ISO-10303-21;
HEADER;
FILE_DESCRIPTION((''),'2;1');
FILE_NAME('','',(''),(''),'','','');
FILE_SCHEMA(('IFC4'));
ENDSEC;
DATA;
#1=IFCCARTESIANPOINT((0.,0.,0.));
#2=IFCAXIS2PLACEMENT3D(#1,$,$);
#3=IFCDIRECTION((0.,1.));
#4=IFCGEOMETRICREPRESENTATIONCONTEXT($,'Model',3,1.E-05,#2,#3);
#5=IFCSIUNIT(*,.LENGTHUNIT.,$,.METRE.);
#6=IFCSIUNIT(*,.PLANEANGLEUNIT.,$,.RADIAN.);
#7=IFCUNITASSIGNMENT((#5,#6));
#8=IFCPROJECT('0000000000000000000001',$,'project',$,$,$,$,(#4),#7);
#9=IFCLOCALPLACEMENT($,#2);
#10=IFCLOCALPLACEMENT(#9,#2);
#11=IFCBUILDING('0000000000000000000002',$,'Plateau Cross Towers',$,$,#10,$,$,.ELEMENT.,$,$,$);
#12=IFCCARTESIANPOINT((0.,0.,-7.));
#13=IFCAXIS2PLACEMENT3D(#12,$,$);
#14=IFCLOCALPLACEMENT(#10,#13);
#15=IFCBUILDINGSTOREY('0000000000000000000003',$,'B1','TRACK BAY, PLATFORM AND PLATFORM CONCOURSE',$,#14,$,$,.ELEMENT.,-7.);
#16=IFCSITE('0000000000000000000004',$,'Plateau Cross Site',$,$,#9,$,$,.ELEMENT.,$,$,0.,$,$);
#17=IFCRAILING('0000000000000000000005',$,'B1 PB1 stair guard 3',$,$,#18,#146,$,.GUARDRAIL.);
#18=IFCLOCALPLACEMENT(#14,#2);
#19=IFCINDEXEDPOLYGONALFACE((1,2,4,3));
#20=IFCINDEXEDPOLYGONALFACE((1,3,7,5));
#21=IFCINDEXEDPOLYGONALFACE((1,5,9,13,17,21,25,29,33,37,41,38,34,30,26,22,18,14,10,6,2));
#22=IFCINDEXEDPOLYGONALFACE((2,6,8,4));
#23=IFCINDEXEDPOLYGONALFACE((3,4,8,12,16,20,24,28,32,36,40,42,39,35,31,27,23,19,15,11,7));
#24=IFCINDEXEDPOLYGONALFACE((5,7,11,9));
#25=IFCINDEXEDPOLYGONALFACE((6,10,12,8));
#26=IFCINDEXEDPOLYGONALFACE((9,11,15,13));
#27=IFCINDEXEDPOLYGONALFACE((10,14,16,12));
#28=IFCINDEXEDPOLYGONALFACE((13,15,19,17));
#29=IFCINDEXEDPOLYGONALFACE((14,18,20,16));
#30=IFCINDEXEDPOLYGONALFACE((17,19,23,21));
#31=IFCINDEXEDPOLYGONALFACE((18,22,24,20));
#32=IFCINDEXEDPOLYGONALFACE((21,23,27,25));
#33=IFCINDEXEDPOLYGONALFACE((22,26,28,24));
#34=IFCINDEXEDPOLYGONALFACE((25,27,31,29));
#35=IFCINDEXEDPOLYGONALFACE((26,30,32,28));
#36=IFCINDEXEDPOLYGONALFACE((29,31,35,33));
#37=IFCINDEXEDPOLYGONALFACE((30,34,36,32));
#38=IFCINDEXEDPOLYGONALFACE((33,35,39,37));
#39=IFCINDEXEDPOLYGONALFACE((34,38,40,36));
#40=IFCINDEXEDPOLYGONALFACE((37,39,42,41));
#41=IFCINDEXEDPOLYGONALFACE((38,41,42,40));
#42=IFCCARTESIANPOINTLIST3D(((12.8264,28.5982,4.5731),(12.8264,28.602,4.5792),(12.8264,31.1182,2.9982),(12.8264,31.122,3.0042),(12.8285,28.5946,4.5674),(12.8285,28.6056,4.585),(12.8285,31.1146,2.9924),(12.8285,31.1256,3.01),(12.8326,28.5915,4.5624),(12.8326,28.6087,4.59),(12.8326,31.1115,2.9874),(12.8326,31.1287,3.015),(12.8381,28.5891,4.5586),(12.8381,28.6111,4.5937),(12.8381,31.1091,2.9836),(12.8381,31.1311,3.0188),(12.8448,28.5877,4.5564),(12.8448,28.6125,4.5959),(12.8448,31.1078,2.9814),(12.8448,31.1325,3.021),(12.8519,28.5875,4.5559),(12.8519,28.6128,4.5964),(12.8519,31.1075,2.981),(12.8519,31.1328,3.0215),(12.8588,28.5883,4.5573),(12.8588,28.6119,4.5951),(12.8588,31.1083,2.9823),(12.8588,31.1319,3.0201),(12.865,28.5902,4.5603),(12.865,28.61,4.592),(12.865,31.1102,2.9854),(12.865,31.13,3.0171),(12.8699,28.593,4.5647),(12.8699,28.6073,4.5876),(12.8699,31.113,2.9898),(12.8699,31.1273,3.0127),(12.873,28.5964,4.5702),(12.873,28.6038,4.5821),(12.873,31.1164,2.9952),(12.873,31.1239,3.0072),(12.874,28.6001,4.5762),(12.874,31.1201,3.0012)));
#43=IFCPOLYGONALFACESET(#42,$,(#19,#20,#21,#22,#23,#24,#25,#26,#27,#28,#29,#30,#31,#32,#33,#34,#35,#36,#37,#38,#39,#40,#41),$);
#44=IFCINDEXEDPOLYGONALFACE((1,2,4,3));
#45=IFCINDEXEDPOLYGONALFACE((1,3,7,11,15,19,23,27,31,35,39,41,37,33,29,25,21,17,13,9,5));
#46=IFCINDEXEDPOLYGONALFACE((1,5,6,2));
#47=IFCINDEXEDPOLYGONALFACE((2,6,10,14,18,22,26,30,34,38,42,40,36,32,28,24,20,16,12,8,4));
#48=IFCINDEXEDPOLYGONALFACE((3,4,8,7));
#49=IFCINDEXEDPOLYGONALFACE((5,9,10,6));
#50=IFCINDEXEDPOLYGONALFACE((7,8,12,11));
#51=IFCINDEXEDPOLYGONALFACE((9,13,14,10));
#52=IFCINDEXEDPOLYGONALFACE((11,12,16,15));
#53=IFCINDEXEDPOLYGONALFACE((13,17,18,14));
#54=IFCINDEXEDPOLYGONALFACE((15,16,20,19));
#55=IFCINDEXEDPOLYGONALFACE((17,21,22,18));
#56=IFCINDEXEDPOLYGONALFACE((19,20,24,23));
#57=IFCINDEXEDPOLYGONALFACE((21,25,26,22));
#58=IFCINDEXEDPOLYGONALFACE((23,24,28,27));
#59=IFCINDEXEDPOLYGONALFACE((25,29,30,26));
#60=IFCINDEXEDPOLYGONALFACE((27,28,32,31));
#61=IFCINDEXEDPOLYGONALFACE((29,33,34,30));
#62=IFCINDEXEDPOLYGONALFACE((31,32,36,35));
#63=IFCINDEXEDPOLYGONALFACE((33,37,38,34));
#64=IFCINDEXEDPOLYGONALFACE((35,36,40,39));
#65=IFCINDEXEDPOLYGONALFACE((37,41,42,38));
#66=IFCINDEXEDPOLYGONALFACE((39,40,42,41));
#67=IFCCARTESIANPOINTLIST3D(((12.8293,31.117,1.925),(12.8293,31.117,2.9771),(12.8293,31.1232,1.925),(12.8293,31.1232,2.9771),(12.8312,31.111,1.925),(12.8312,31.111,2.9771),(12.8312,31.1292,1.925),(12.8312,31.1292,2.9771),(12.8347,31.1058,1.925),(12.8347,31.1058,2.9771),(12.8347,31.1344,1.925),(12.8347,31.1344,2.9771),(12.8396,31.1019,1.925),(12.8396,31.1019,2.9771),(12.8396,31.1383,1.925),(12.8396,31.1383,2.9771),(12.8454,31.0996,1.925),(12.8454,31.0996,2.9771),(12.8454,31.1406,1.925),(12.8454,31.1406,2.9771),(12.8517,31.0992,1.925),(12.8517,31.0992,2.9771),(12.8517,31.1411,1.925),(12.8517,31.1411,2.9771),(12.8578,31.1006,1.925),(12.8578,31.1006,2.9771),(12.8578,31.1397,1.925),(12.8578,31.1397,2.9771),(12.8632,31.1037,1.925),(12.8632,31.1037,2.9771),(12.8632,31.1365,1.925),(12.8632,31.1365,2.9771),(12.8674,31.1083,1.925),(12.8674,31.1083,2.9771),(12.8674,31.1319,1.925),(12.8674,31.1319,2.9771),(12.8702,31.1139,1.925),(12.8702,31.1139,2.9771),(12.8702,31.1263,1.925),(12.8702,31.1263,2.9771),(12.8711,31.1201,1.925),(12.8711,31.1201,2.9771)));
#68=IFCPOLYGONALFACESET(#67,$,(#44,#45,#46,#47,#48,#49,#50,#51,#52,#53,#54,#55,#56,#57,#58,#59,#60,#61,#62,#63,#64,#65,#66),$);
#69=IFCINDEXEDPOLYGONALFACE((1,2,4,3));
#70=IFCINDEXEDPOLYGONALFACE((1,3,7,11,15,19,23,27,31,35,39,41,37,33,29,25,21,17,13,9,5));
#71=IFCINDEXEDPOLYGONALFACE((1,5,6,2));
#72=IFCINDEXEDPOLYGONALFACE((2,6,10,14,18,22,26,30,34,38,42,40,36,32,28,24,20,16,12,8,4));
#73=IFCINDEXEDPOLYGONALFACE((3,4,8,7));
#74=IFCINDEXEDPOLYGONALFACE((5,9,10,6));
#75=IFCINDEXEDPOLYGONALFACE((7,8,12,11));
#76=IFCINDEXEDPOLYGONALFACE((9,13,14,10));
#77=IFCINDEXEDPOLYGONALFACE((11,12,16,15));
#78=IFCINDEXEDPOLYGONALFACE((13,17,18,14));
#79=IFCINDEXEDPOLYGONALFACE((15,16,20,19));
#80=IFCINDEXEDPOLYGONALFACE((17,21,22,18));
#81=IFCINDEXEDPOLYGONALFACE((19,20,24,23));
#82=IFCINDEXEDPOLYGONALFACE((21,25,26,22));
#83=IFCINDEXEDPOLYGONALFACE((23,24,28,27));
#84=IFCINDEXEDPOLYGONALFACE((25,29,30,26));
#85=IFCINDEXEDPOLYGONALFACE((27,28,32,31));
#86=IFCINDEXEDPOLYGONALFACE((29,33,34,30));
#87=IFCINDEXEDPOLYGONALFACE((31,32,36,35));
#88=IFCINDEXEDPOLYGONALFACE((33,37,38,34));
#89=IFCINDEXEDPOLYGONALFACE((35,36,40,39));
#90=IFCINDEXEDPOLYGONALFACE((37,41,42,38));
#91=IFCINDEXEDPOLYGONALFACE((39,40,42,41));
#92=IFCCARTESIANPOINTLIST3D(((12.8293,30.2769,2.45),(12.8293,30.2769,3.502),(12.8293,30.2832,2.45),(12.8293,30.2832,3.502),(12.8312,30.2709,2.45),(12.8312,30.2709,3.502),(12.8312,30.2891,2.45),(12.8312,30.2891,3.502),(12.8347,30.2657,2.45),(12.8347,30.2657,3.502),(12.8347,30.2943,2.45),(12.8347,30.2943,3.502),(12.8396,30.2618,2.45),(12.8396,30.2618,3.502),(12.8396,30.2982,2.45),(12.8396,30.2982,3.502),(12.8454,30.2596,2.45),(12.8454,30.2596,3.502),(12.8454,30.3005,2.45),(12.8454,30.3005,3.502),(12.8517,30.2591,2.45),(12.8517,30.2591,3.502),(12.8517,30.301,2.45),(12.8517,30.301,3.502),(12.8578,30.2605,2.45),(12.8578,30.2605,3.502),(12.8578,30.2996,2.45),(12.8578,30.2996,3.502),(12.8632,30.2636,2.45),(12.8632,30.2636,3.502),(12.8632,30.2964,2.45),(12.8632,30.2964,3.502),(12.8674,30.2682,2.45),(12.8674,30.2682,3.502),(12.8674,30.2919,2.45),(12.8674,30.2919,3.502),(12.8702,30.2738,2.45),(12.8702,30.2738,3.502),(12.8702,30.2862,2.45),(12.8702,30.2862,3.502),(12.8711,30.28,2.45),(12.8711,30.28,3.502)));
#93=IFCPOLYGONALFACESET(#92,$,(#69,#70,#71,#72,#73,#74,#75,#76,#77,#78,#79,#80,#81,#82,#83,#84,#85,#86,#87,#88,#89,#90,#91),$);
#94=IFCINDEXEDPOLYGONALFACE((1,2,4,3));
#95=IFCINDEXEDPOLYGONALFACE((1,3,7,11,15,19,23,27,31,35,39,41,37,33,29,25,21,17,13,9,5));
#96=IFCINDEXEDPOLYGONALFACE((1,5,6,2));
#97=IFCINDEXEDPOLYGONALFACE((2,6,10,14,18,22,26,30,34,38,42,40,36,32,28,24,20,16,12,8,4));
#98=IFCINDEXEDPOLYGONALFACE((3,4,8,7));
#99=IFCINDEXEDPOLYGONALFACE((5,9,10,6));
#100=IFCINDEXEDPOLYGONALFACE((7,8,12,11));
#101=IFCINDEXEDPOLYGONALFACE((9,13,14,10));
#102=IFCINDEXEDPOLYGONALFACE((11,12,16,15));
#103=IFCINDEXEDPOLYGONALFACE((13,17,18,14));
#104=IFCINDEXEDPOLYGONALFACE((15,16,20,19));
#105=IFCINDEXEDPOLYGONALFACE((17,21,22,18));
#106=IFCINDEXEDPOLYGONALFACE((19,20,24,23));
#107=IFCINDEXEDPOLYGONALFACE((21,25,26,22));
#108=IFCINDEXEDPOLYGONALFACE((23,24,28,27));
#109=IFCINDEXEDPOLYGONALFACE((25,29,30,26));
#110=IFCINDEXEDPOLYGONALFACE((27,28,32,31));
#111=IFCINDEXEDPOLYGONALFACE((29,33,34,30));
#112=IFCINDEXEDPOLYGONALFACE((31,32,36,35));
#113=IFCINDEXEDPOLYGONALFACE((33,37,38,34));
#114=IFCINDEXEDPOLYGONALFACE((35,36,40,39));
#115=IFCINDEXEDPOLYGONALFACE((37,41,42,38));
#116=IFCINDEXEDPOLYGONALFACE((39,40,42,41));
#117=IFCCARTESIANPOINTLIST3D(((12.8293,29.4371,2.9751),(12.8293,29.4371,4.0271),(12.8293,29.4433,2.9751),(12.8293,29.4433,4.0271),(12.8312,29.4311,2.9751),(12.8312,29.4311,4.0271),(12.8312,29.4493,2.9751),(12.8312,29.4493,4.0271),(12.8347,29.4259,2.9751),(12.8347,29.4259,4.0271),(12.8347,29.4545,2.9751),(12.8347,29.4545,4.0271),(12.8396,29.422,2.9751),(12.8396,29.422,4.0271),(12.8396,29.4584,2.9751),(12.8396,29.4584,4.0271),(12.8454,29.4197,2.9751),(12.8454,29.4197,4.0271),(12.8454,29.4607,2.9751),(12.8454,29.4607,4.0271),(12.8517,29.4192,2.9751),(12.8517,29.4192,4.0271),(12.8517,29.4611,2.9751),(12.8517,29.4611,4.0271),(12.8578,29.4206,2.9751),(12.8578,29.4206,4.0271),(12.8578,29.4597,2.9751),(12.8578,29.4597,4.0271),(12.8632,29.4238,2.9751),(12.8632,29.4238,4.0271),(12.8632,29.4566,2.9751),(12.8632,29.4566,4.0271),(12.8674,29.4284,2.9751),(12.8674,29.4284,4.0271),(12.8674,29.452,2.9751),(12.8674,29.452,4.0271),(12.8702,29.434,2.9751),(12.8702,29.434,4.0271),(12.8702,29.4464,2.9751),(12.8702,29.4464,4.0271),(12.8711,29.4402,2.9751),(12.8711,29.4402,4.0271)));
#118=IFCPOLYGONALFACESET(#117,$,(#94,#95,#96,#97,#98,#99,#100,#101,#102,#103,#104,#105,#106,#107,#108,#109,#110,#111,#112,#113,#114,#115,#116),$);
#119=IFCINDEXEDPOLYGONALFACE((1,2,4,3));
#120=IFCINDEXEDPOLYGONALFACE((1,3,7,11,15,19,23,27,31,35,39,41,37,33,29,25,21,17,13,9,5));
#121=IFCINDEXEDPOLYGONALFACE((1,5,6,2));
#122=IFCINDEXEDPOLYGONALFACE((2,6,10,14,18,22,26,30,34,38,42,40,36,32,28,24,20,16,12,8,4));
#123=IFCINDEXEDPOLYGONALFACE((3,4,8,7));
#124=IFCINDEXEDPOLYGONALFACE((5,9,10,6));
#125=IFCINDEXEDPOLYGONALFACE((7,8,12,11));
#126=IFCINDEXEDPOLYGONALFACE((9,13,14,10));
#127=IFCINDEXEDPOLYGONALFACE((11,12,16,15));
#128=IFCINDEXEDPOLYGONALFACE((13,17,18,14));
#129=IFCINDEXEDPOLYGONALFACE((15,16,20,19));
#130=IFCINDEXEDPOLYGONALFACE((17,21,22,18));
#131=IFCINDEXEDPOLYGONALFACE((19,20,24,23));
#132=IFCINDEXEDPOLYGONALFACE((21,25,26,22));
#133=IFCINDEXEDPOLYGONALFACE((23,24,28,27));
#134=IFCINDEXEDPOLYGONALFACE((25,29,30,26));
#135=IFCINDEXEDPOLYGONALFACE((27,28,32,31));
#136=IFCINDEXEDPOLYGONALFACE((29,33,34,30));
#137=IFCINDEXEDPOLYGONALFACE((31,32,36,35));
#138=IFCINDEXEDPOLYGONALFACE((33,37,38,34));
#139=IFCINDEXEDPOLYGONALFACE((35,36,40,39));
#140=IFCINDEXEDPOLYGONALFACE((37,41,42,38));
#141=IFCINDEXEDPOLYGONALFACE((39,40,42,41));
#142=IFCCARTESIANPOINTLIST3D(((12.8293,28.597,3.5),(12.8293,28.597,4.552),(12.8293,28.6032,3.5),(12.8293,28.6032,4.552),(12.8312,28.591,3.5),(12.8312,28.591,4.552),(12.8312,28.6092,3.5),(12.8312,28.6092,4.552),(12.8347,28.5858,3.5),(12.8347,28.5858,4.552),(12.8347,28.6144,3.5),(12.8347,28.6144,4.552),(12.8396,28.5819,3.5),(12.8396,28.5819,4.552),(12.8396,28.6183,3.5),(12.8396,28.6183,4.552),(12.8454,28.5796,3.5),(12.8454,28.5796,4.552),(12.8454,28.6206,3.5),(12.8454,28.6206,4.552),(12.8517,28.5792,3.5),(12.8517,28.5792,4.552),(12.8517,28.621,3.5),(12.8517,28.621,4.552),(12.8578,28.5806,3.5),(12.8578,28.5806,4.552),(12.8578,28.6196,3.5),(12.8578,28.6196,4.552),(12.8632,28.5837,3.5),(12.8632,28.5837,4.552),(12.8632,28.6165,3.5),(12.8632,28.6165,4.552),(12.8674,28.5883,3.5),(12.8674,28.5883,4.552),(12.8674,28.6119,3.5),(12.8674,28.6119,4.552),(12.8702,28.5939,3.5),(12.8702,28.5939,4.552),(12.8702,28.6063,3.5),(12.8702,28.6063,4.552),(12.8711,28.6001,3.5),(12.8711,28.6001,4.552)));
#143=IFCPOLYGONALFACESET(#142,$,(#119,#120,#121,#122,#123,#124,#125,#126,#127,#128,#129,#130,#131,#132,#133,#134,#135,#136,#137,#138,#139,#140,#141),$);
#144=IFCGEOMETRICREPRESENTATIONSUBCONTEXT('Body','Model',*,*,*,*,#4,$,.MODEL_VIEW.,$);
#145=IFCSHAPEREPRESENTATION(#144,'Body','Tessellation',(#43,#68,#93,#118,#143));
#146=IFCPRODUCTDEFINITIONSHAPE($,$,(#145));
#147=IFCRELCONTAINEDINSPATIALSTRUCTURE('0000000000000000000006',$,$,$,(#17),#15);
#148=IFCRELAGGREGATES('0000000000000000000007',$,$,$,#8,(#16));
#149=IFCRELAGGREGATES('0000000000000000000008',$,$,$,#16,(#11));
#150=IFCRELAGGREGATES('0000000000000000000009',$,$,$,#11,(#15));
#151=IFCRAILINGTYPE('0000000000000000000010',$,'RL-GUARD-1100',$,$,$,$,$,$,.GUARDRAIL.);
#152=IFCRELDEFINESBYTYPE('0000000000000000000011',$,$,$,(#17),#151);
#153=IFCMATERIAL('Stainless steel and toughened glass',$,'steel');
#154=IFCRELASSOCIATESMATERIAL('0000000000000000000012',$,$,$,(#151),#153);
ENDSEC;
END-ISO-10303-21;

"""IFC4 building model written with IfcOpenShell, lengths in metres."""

from ifc_helpers import new_model, si_unit, direction, frame, origin, origin_2d, place, context, subcontext, project, spatial, circle, extrude, material, type_object, element, save


model = new_model("IFC4")

# Units and contexts
model_context = context("Model", 3, precision=1e-05, world=origin(), true_north=direction((0.0, 1.0)))
body_context = subcontext(model_context, "Body", "Model", "MODEL_VIEW")
ifc_project = project(units=[si_unit("LENGTHUNIT", "METRE"), si_unit("PLANEANGLEUNIT", "RADIAN")], contexts=[model_context])

# Site, building, storey
site_placement = place(None, origin())
site = spatial("IfcSite", under=ifc_project, at=site_placement, Name="Plateau Cross Site", CompositionType="ELEMENT", RefElevation=0.0)
building_placement = place(site_placement, origin())
building = spatial("IfcBuilding", under=site, at=building_placement, Name="Plateau Cross Towers", CompositionType="ELEMENT")
storey_placement = place(building_placement, frame((0.0, 0.0, -7.0)))
storey = spatial("IfcBuildingStorey", under=building, at=storey_placement, Name="B1", Description="TRACK BAY, PLATFORM AND PLATFORM CONCOURSE", CompositionType="ELEMENT", Elevation=-7.0)

# Railing
ifc_material_1 = material(Name="Stainless steel and toughened glass", Category="steel")
railing_type_1 = type_object("IfcRailingType", Name="RL-GUARD-1100", PredefinedType="GUARDRAIL", material=ifc_material_1)
railing_1_placement = place(storey_placement, frame((12.8501, 31.1201, 1.925)))
element("IfcRailing", 1, at=railing_1_placement, inside=storey, type_object=railing_type_1, Name="B1 PB1 stair guard 3", PredefinedType="GUARDRAIL", context=body_context, shape_type="SweptSolid", body=[
    extrude(circle(Radius=0.0239, at=origin_2d()), frame((0.0, 0.0, 1.0762), z_axis=(0.0, -0.848008, 0.529984), x_axis=(1.0, 0.0, 0.0)), (0.0, 0.0, 1.0), 2.9717),
    extrude(circle(Radius=0.021, at=origin_2d()), origin(), (0.0, 0.0, 1.0), 1.052),
    extrude(circle(Radius=0.021, at=origin_2d()), frame((0.0, -0.8401, 0.5249)), (0.0, 0.0, 1.0), 1.052),
    extrude(circle(Radius=0.021, at=origin_2d()), frame((0.0, -1.6799, 1.05)), (0.0, 0.0, 1.0), 1.052),
    extrude(circle(Radius=0.021, at=origin_2d()), frame((0.0, -2.52, 1.575)), (0.0, 0.0, 1.0), 1.052),
])

save(model, "model.ifc")
